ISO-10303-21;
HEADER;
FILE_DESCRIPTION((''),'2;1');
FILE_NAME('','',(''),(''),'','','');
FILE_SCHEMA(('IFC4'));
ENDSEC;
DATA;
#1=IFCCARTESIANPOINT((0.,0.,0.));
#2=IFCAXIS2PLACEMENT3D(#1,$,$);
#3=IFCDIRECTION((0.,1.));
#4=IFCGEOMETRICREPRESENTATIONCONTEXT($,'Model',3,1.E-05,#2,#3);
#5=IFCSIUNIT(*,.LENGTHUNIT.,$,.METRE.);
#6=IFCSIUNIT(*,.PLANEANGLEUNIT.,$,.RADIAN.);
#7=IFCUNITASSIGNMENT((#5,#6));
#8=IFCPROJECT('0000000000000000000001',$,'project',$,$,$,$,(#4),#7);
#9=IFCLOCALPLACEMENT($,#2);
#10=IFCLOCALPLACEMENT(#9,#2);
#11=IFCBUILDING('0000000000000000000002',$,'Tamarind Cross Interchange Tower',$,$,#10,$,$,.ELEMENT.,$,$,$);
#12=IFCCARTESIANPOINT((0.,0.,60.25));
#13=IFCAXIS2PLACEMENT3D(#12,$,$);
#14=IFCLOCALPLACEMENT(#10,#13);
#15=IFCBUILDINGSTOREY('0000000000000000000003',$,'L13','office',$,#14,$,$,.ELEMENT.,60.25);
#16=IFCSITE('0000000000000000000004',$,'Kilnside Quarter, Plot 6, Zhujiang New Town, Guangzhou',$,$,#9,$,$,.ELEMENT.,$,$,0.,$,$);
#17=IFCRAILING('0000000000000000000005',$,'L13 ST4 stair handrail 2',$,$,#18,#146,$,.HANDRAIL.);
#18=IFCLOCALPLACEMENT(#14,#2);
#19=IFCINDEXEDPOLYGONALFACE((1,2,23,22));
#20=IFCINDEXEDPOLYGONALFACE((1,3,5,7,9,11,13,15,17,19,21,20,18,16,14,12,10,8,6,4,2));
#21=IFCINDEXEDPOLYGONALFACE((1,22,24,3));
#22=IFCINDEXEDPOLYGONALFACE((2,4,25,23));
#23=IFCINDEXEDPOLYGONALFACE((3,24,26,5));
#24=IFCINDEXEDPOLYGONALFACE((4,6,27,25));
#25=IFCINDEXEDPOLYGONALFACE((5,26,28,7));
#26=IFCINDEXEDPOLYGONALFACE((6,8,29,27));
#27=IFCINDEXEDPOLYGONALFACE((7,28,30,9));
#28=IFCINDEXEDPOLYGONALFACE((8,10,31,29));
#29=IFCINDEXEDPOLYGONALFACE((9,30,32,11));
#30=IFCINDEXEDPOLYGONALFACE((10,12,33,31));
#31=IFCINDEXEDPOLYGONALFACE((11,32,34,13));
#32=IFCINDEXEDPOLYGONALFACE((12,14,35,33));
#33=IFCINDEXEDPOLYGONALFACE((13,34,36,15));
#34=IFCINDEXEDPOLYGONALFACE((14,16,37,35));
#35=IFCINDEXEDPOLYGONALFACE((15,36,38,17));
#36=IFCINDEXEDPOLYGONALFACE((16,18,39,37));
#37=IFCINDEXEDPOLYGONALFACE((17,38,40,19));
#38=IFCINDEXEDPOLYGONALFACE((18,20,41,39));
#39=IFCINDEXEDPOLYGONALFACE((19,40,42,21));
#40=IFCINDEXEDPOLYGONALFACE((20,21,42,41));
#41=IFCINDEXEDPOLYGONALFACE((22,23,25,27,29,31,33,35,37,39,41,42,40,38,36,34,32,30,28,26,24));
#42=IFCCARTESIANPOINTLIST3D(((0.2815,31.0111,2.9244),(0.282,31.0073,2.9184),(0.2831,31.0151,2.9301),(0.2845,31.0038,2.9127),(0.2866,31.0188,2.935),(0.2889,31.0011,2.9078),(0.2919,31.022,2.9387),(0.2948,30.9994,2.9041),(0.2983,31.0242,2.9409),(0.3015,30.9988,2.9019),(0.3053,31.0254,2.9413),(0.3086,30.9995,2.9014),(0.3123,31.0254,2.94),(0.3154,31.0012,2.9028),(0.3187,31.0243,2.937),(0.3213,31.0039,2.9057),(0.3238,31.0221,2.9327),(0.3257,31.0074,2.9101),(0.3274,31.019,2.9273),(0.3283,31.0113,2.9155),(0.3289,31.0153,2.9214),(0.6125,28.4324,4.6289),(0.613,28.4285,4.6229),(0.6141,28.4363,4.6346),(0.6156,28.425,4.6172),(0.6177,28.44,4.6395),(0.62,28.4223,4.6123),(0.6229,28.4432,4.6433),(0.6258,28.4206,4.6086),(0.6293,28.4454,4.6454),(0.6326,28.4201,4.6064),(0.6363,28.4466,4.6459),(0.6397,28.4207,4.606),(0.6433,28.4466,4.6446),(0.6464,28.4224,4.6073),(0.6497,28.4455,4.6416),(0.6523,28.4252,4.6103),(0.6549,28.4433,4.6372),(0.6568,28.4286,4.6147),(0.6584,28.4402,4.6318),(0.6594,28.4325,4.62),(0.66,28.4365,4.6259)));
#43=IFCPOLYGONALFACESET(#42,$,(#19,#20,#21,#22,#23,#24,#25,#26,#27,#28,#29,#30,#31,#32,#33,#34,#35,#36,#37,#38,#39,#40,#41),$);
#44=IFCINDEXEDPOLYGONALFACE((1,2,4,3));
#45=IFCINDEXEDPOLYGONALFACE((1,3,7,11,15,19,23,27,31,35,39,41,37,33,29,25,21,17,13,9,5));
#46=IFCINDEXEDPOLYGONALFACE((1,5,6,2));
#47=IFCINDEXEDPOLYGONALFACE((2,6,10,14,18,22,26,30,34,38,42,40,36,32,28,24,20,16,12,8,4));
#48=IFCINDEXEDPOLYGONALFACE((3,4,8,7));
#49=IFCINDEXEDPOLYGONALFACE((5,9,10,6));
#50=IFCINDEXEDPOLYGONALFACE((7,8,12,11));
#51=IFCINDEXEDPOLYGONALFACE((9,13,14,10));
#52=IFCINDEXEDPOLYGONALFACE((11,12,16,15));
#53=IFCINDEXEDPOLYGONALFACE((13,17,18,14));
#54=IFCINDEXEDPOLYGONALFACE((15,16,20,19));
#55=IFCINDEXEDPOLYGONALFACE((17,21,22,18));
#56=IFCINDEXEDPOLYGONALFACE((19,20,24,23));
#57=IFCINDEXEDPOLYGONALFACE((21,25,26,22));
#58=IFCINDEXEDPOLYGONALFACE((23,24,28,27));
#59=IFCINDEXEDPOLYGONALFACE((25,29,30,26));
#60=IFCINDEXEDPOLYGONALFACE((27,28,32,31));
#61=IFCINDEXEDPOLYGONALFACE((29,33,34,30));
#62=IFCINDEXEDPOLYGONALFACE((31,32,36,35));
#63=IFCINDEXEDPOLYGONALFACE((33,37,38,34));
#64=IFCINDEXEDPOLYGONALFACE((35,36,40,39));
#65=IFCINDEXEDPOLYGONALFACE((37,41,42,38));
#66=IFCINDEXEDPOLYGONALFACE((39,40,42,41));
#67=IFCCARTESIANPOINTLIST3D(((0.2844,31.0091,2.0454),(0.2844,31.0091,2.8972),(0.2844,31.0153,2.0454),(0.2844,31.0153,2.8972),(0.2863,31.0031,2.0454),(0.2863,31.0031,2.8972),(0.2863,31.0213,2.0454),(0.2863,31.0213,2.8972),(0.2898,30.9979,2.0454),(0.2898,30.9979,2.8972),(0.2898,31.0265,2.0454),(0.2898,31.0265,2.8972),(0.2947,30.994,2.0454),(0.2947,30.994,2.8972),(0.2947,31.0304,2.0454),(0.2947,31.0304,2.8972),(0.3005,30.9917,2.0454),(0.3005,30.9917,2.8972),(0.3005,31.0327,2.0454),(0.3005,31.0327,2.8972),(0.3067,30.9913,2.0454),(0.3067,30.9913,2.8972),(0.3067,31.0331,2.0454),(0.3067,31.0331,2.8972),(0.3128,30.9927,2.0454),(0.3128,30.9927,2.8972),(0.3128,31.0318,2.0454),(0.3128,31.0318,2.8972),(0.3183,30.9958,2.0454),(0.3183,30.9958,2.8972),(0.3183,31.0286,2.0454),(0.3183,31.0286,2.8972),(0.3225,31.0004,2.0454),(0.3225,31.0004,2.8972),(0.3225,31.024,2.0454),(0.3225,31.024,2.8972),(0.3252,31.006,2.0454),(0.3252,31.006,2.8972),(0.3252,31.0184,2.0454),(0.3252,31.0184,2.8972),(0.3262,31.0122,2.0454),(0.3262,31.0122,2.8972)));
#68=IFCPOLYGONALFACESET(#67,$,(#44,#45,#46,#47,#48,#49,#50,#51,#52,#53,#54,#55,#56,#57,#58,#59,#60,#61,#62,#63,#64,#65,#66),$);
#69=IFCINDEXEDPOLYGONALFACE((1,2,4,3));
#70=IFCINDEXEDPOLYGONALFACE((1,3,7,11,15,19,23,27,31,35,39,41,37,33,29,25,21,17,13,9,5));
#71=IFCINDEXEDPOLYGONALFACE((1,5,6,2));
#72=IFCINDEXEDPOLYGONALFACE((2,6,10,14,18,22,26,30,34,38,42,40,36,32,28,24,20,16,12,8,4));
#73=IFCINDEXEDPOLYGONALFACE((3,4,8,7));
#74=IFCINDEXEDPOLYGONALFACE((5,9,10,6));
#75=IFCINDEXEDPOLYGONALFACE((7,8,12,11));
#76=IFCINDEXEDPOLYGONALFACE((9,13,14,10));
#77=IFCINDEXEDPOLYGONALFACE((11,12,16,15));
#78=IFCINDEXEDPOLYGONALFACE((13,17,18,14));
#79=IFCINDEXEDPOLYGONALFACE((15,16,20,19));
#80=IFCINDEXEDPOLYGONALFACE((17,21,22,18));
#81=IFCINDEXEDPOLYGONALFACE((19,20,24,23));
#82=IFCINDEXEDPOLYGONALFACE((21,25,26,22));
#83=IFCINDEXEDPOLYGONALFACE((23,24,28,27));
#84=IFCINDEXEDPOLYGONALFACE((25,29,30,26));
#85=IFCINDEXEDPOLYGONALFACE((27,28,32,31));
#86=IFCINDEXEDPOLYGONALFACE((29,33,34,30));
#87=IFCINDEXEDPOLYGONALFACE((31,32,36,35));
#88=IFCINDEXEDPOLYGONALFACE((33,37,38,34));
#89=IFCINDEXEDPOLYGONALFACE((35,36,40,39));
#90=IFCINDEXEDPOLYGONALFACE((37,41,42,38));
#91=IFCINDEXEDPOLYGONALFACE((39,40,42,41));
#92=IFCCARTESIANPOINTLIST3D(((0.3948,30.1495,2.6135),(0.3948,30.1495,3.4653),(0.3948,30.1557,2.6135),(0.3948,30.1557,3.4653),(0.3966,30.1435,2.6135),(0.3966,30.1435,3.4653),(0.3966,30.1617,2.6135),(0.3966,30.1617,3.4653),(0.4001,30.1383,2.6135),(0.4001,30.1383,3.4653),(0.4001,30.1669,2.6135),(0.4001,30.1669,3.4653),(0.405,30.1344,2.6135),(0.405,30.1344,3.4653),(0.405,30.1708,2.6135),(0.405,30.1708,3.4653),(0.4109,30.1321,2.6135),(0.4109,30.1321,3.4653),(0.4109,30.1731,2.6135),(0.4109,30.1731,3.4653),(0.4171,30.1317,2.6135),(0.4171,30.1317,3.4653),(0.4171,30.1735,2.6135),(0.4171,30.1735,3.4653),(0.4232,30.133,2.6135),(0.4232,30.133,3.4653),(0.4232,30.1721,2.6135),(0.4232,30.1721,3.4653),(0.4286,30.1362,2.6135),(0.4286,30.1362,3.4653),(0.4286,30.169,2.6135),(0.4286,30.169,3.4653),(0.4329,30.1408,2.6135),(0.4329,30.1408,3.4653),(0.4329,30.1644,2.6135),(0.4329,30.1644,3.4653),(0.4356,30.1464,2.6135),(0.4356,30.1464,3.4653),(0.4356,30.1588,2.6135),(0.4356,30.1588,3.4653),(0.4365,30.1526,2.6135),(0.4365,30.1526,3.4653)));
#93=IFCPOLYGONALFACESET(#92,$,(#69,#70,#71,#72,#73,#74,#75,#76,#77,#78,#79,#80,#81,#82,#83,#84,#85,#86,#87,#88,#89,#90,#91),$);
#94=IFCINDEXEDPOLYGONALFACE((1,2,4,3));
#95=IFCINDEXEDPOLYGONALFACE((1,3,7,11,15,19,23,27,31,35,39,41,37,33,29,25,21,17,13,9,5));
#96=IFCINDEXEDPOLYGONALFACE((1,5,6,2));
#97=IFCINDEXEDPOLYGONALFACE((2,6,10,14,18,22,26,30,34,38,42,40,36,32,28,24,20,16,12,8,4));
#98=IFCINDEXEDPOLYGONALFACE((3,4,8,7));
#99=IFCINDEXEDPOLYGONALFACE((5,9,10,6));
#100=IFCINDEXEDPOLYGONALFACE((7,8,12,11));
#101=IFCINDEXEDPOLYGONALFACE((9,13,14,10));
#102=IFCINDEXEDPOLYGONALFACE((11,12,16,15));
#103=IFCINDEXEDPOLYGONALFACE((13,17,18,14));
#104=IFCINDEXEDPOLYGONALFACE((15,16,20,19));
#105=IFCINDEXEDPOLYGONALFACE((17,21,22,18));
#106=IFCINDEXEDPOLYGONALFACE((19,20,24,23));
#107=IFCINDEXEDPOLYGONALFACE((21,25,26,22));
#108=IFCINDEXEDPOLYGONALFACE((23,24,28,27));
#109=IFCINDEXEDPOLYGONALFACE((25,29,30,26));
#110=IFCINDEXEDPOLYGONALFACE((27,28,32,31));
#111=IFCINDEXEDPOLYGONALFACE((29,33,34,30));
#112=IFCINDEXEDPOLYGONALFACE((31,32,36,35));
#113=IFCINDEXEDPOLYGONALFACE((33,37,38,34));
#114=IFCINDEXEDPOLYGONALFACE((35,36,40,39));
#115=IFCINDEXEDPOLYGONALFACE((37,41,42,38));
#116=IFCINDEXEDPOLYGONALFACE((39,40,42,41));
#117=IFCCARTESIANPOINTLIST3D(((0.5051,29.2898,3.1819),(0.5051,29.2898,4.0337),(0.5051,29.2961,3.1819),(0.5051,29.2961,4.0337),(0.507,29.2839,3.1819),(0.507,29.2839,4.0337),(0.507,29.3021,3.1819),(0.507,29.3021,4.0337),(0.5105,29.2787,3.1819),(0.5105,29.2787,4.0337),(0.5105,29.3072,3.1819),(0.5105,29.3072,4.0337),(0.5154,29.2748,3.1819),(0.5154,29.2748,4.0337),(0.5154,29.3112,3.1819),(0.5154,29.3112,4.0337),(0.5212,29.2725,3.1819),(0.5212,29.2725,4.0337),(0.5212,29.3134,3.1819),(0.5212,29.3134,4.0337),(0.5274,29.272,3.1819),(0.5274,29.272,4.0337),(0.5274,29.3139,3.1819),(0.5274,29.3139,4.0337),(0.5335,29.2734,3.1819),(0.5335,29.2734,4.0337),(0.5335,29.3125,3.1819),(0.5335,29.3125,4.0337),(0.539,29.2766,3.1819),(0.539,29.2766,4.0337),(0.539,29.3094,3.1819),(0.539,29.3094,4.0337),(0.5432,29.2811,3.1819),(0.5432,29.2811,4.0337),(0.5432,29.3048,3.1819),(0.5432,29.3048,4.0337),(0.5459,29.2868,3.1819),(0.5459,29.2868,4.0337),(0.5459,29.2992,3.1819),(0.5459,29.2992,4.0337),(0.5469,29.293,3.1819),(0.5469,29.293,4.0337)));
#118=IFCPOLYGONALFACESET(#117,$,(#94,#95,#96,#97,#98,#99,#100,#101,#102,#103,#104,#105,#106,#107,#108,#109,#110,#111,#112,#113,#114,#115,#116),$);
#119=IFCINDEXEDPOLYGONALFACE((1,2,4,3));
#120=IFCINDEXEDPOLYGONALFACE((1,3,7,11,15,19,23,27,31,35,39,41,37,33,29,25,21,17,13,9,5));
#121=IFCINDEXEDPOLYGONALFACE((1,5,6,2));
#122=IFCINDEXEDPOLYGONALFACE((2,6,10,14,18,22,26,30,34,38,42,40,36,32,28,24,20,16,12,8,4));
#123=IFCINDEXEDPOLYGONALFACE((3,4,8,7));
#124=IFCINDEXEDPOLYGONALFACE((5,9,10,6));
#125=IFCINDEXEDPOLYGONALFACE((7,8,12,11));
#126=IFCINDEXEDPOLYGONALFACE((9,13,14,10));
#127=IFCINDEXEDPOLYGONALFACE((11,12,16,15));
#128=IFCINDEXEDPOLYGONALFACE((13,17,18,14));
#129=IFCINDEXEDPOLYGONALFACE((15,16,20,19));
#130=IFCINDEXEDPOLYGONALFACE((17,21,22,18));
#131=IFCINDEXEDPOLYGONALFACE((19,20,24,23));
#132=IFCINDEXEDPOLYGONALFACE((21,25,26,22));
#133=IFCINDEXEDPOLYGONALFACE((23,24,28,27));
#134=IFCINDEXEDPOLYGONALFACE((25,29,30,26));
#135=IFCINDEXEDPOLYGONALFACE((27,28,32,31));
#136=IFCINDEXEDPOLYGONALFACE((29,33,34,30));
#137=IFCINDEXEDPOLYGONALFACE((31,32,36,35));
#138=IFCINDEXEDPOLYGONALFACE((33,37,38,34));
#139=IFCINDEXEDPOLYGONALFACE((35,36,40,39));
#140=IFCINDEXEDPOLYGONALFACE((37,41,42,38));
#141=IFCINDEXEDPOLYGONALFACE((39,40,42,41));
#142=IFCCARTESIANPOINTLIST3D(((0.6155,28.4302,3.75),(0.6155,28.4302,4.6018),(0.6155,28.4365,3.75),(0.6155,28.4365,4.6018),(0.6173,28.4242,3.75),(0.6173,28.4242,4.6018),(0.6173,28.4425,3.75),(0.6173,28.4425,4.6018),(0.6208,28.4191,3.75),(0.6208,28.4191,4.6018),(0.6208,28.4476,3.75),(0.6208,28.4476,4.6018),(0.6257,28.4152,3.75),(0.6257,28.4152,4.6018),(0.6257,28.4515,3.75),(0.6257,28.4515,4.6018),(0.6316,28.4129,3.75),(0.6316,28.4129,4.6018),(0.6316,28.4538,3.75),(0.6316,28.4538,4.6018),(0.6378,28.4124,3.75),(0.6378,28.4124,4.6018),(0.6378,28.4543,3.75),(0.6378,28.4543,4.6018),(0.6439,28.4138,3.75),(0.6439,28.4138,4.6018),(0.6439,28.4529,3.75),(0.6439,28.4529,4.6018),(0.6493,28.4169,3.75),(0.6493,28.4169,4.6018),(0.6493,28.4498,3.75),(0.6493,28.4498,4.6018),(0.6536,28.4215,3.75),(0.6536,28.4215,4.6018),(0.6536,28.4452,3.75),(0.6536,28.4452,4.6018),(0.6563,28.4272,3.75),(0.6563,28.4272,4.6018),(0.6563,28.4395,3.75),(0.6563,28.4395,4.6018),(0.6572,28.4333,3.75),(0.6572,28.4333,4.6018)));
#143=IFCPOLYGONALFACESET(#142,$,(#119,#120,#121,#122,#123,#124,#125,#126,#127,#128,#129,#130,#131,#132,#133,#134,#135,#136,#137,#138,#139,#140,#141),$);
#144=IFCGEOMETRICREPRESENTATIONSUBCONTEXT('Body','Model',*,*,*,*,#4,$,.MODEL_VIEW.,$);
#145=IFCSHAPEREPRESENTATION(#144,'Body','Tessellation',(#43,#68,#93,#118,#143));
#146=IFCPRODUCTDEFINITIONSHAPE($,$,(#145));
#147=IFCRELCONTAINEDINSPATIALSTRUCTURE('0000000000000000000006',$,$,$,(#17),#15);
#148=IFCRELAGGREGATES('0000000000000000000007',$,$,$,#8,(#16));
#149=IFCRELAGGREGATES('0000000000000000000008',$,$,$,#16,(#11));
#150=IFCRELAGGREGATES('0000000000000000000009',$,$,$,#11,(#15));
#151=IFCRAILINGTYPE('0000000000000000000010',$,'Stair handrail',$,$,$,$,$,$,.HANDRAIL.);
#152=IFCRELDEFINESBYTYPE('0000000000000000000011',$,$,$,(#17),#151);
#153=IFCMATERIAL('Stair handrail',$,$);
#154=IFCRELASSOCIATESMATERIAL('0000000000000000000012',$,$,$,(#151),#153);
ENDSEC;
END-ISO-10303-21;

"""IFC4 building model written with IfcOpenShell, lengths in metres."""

from ifc_helpers import new_model, si_unit, direction, frame, origin, origin_2d, place, context, subcontext, project, spatial, circle, extrude, material, type_object, element, save


model = new_model("IFC4")

# Units and contexts
model_context = context("Model", 3, precision=1e-05, world=origin(), true_north=direction((0.0, 1.0)))
body_context = subcontext(model_context, "Body", "Model", "MODEL_VIEW")
ifc_project = project(units=[si_unit("LENGTHUNIT", "METRE"), si_unit("PLANEANGLEUNIT", "RADIAN")], contexts=[model_context])

# Site, building, storey
site_placement = place(None, origin())
site = spatial("IfcSite", under=ifc_project, at=site_placement, Name="Kilnside Quarter, Plot 6, Zhujiang New Town, Guangzhou", CompositionType="ELEMENT", RefElevation=0.0)
building_placement = place(site_placement, origin())
building = spatial("IfcBuilding", under=site, at=building_placement, Name="Tamarind Cross Interchange Tower", CompositionType="ELEMENT")
storey_placement = place(building_placement, frame((0.0, 0.0, 60.25)))
storey = spatial("IfcBuildingStorey", under=building, at=storey_placement, Name="L13", Description="office", CompositionType="ELEMENT", Elevation=60.25)

# Railing
ifc_material_1 = material(Name="Stair handrail")
railing_type_1 = type_object("IfcRailingType", Name="Stair handrail", PredefinedType="HANDRAIL", material=ifc_material_1)
railing_1_placement = place(storey_placement, frame((0.3052, 31.0122, 2.0454)))
element("IfcRailing", 1, at=railing_1_placement, inside=storey, type_object=railing_type_1, Name="L13 ST4 stair handrail 2", PredefinedType="HANDRAIL", context=body_context, shape_type="SweptSolid", body=[
    extrude(circle(Radius=0.0239, at=origin_2d()), frame((0.0, 0.0, 0.876), z_axis=(0.106484, -0.829488, 0.54828), x_axis=(0.991861, 0.127328, 0.0)), (0.0, 0.0, 1.0), 3.1089),
    extrude(circle(Radius=0.021, at=origin_2d()), origin(), (0.0, 0.0, 1.0), 0.8518),
    extrude(circle(Radius=0.021, at=origin_2d()), frame((0.1104, -0.8596, 0.5681)), (0.0, 0.0, 1.0), 0.8518),
    extrude(circle(Radius=0.021, at=origin_2d()), frame((0.2207, -1.7192, 1.1365)), (0.0, 0.0, 1.0), 0.8518),
    extrude(circle(Radius=0.021, at=origin_2d()), frame((0.3311, -2.5789, 1.7046)), (0.0, 0.0, 1.0), 0.8518),
])

save(model, "model.ifc")
